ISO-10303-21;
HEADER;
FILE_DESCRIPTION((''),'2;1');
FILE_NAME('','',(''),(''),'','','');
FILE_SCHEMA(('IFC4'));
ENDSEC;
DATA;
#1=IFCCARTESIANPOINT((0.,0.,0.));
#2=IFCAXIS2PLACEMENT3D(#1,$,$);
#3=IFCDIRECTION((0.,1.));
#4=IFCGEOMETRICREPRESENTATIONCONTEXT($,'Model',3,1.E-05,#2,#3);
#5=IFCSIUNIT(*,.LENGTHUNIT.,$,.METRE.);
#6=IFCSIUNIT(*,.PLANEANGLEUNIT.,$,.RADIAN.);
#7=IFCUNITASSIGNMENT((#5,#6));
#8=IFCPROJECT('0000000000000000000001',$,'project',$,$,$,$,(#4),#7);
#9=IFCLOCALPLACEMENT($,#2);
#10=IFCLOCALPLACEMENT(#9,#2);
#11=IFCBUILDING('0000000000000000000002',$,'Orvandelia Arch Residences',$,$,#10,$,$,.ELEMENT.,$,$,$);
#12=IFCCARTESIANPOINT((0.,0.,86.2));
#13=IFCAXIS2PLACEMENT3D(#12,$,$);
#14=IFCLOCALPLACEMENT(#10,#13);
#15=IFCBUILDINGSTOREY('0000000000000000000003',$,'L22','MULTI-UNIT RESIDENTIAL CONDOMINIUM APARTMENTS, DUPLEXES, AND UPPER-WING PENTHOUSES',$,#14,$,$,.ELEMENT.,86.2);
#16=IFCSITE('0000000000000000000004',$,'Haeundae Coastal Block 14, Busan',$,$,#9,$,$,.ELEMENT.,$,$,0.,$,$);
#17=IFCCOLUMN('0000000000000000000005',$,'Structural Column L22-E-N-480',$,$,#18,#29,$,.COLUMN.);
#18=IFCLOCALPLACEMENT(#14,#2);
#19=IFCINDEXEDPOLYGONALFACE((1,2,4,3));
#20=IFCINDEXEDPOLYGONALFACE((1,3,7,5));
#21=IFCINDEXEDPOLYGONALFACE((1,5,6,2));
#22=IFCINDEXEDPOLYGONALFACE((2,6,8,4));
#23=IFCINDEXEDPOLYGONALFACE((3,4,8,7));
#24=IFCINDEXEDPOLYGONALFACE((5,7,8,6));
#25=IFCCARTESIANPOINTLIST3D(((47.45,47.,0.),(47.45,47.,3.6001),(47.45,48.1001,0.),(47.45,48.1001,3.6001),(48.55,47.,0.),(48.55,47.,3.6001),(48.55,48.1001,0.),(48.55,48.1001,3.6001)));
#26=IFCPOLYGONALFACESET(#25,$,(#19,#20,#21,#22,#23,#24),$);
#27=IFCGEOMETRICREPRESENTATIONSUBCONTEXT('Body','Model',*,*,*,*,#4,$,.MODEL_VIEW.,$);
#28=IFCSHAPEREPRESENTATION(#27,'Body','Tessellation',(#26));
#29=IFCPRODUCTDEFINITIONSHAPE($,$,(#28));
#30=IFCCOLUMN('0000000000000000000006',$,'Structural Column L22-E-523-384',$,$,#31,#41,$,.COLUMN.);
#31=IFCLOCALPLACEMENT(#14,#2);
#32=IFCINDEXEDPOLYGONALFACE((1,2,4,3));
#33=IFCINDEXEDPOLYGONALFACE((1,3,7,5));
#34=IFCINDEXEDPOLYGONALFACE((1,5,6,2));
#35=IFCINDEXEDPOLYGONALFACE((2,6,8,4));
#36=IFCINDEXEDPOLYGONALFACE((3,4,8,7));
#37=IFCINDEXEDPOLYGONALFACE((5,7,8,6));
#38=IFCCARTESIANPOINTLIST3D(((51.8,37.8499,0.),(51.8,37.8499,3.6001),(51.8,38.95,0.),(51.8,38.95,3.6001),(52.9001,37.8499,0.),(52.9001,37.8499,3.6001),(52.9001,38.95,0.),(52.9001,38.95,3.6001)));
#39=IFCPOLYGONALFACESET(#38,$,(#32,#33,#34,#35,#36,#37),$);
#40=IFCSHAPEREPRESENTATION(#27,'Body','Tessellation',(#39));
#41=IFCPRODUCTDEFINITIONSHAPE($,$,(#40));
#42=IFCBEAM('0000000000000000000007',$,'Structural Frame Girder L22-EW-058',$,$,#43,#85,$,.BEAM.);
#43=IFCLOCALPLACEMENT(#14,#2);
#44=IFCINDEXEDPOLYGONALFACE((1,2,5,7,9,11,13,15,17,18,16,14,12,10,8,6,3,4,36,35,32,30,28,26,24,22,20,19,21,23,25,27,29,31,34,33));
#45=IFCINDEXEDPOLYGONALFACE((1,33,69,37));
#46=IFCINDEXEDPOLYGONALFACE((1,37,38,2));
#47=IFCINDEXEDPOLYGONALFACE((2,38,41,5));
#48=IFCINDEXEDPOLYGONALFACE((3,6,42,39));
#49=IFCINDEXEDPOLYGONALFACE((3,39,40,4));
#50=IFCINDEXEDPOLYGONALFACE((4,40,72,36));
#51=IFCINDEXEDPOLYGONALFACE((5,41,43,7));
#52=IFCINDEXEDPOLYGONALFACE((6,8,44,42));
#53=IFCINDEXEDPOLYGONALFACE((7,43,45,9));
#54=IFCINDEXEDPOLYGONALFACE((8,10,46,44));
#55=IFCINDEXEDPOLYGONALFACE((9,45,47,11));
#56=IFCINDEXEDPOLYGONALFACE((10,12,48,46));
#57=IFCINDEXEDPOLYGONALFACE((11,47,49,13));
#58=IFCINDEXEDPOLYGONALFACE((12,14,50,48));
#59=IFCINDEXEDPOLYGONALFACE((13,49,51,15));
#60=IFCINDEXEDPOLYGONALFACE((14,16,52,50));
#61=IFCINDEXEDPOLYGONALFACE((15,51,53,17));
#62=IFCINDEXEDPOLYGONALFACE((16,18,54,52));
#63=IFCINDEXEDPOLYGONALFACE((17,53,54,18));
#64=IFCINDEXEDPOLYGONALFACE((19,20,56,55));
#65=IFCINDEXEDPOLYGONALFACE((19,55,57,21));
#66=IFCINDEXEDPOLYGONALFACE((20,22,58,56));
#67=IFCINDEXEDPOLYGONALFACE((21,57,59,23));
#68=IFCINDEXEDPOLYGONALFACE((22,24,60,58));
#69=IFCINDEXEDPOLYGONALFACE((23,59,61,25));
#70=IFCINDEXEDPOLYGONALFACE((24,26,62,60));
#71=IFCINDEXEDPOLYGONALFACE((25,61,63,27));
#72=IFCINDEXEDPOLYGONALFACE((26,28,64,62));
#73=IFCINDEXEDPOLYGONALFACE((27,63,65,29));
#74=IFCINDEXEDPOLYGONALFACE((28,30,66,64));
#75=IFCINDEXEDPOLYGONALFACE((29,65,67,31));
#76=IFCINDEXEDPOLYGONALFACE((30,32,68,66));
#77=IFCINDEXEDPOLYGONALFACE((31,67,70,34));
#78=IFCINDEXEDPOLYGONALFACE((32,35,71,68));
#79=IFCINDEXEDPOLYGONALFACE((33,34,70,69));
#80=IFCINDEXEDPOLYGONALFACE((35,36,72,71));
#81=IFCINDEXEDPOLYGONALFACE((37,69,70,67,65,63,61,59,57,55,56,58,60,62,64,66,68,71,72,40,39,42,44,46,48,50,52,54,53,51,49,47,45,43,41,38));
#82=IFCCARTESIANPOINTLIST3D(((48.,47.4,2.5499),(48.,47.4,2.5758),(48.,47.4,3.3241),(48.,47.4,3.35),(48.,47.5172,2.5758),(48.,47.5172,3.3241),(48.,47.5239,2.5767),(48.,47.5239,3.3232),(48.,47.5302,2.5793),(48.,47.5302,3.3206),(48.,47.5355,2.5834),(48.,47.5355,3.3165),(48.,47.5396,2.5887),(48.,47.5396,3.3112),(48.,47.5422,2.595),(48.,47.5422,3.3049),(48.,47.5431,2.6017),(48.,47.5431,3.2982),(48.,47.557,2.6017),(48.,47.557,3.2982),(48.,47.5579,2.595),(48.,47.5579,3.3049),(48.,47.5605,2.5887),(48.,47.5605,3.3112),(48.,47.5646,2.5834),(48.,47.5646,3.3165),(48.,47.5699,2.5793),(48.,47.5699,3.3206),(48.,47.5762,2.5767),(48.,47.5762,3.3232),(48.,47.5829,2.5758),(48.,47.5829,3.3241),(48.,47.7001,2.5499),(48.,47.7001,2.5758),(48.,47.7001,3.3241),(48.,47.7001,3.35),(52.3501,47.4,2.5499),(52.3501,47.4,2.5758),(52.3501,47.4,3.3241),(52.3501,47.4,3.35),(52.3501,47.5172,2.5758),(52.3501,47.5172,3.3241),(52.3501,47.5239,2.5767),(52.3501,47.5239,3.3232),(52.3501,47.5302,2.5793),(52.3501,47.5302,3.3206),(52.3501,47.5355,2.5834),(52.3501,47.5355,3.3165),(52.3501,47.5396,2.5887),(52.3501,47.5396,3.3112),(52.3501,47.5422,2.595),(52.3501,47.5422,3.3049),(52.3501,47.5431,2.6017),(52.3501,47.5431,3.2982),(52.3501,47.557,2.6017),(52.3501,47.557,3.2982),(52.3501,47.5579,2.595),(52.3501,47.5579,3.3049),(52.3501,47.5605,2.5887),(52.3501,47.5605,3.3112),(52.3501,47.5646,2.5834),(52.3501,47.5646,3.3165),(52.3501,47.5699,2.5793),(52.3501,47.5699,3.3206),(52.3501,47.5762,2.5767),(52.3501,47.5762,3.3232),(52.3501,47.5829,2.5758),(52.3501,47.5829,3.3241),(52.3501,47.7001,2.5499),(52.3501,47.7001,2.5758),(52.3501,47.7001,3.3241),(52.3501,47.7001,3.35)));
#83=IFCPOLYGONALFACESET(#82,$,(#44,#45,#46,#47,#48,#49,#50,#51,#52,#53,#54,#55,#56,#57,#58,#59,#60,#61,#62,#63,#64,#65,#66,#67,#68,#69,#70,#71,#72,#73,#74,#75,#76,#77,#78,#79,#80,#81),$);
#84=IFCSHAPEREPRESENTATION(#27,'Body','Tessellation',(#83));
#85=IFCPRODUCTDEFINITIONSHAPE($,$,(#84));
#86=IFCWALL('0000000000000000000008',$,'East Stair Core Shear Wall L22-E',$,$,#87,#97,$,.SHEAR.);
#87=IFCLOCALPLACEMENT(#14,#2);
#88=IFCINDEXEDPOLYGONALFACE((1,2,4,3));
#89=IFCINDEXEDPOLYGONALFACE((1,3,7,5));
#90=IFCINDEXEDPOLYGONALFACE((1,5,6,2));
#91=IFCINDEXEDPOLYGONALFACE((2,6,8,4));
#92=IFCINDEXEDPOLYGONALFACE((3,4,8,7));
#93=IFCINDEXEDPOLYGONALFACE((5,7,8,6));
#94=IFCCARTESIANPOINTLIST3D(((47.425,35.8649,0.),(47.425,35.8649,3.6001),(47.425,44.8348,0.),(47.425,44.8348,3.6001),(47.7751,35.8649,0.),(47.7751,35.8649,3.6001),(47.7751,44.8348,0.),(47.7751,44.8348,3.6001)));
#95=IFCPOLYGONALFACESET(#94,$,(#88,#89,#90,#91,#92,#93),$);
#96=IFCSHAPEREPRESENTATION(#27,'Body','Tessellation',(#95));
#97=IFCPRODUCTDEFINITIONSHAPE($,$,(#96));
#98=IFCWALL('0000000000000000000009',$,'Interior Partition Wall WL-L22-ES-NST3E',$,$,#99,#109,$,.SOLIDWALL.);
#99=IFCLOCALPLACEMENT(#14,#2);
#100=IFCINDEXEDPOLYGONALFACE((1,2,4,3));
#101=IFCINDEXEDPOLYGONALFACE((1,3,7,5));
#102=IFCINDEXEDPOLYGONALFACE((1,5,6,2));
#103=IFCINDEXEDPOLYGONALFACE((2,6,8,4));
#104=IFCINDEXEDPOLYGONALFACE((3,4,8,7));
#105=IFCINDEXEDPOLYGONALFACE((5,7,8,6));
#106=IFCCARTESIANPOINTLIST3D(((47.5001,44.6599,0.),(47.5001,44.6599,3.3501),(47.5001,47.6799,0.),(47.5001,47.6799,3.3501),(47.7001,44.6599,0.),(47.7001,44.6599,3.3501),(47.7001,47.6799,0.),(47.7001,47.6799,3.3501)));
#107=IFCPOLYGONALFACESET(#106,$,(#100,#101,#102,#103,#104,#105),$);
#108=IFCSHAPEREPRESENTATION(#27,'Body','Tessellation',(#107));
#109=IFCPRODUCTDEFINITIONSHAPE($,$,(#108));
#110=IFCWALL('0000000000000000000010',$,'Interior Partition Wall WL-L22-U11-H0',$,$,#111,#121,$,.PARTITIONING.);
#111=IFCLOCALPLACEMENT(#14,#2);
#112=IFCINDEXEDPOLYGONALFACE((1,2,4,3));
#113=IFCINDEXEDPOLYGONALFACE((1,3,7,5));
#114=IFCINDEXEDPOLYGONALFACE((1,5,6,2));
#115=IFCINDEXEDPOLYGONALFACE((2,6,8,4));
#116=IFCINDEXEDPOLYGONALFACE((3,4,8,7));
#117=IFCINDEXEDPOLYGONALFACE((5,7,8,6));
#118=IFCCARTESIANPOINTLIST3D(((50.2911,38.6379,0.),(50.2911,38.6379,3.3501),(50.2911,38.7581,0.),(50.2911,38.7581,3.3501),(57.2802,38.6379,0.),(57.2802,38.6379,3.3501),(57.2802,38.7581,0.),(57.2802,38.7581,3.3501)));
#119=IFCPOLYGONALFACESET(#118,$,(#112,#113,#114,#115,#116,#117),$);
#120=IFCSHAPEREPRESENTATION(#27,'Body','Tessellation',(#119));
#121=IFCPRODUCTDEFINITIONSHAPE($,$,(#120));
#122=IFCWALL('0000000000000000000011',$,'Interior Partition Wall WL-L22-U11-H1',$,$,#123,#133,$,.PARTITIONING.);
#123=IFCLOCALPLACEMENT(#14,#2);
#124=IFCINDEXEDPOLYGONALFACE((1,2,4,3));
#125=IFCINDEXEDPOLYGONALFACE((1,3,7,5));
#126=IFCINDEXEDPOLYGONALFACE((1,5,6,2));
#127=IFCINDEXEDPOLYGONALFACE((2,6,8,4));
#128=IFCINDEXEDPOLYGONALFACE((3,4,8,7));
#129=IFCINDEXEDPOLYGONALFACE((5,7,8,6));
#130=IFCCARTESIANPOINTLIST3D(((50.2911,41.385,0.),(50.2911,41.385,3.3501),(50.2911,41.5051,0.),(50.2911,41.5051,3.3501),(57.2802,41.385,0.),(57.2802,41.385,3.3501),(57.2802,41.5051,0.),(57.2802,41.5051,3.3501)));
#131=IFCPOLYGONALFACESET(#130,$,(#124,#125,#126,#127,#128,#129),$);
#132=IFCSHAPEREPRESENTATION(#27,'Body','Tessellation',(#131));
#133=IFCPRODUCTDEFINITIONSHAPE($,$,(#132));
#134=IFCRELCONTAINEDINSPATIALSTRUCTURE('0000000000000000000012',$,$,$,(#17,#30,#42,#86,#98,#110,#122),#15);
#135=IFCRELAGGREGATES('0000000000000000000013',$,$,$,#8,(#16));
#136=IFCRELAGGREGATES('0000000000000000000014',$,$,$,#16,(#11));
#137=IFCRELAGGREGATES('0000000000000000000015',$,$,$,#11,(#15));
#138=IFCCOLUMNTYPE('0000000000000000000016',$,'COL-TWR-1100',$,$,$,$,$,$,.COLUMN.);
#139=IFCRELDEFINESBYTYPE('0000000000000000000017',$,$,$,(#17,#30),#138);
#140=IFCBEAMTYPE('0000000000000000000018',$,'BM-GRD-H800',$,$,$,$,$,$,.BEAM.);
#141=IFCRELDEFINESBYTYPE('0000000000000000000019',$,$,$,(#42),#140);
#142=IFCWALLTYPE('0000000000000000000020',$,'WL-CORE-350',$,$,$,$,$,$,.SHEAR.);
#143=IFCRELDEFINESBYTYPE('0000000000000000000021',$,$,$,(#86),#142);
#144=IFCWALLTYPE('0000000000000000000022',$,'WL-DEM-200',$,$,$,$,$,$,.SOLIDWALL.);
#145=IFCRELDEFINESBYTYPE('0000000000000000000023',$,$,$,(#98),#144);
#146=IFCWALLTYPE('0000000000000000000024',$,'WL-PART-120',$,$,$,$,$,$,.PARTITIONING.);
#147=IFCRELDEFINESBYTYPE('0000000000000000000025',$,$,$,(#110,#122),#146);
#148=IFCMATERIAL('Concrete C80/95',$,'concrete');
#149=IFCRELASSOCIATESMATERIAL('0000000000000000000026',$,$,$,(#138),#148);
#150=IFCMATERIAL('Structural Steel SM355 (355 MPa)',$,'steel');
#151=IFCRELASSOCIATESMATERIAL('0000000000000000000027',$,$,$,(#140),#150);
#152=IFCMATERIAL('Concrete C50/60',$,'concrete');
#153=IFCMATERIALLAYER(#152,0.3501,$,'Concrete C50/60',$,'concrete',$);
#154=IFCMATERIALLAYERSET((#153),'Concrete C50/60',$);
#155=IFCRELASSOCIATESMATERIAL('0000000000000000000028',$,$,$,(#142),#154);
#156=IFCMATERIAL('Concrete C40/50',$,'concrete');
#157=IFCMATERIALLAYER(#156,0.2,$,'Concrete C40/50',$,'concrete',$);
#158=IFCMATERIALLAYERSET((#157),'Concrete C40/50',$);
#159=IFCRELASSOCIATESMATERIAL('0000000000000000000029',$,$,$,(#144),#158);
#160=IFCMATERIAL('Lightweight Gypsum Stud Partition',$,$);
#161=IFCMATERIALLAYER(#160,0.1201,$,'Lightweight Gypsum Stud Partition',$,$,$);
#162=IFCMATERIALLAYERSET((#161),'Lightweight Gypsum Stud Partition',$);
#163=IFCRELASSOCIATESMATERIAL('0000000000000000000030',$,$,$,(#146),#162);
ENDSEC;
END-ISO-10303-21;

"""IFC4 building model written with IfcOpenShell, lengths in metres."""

from ifc_helpers import new_model, si_unit, direction, frame, frame_2d, origin, origin_2d, place, context, subcontext, project, spatial, rectangle, i_section, extrude, material, layer, layer_set, material_profile, profile_set, type_object, element, save


model = new_model("IFC4")

# Units and contexts
model_context = context("Model", 3, precision=1e-05, world=origin(), true_north=direction((0.0, 1.0)))
body_context = subcontext(model_context, "Body", "Model", "MODEL_VIEW")
ifc_project = project(units=[si_unit("LENGTHUNIT", "METRE"), si_unit("PLANEANGLEUNIT", "RADIAN")], contexts=[model_context])

# Site, building, storey
site_placement = place(None, origin())
site = spatial("IfcSite", under=ifc_project, at=site_placement, Name="Haeundae Coastal Block 14, Busan", CompositionType="ELEMENT", RefElevation=0.0)
building_placement = place(site_placement, origin())
building = spatial("IfcBuilding", under=site, at=building_placement, Name="Orvandelia Arch Residences", CompositionType="ELEMENT")
storey_placement = place(building_placement, frame((0.0, 0.0, 86.2)))
storey = spatial("IfcBuildingStorey", under=building, at=storey_placement, Name="L22", Description="MULTI-UNIT RESIDENTIAL CONDOMINIUM APARTMENTS, DUPLEXES, AND UPPER-WING PENTHOUSES", CompositionType="ELEMENT", Elevation=86.2)

# Columns
ifc_material_1 = material(Name="Concrete C80/95", Category="concrete")
ifc_material_profile_1 = material_profile(ifc_material_1, rectangle(XDim=1.1001, YDim=1.1001, at=origin_2d()), Name="Concrete C80/95", Category="concrete")
ifc_profile_set_1 = profile_set([ifc_material_profile_1], Name="Concrete C80/95")
column_type = type_object("IfcColumnType", Name="COL-TWR-1100", PredefinedType="COLUMN", material=ifc_profile_set_1)
for number, where, z_axis, x_axis, name in (
    (1, (48.0, 47.55, 0.0), (0.0, 0.0, 1.0), (1.0, 0.0, 0.0), "Structural Column L22-E-N-480"),
    (2, (52.3501, 38.3999, 0.0), (0.0, 0.0, 1.0), (1.0, 0.0, 0.0), "Structural Column L22-E-523-384"),
):
    element("IfcColumn", number, at=place(storey_placement, frame(where, z_axis=z_axis, x_axis=x_axis)), inside=storey, type_object=column_type, Name=name, PredefinedType="COLUMN", context=body_context, shape_type="SweptSolid", body=[
        extrude(rectangle(XDim=1.1001, YDim=1.1001, at=origin_2d()), origin(), (0.0, 0.0, 1.0), 3.6001),
    ])

# Beam
ifc_material_2 = material(Name="Structural Steel SM355 (355 MPa)", Category="steel")
ifc_material_profile_2 = material_profile(ifc_material_2, i_section(OverallWidth=0.3, OverallDepth=0.8, WebThickness=0.0139, FlangeThickness=0.0259, FilletRadius=0.0259, at=origin_2d()), Name="Structural Steel SM355 (355 MPa)", Category="steel")
ifc_profile_set_2 = profile_set([ifc_material_profile_2], Name="Structural Steel SM355 (355 MPa)")
beam_type = type_object("IfcBeamType", Name="BM-GRD-H800", PredefinedType="BEAM", material=ifc_profile_set_2)
beam_placement = place(storey_placement, frame((48.0, 47.55, 2.95), z_axis=(1.0, 0.0, 0.0), x_axis=(0.0, 1.0, 0.0)))
element("IfcBeam", 3, at=beam_placement, inside=storey, type_object=beam_type, Name="Structural Frame Girder L22-EW-058", PredefinedType="BEAM", context=body_context, shape_type="SweptSolid", body=[
    extrude(i_section(OverallWidth=0.3, OverallDepth=0.8, WebThickness=0.0139, FlangeThickness=0.0259, FilletRadius=0.0259, at=origin_2d()), origin(), (0.0, 0.0, 1.0), 4.3501),
])

# Walls
ifc_material_3 = material(Name="Concrete C50/60", Category="concrete")
ifc_layer_1 = layer(ifc_material_3, 0.3501, Name="Concrete C50/60", Category="concrete")
ifc_layer_set_1 = layer_set([ifc_layer_1], Name="Concrete C50/60")
wall_type_1 = type_object("IfcWallType", Name="WL-CORE-350", PredefinedType="SHEAR", material=ifc_layer_set_1)
wall_1_placement = place(storey_placement, frame((47.6001, 35.865, 0.0), z_axis=(0.0, 0.0, 1.0), x_axis=(0.0, 1.0, 0.0)))
element("IfcWall", 4, at=wall_1_placement, inside=storey, type_object=wall_type_1, Name="East Stair Core Shear Wall L22-E", PredefinedType="SHEAR", context=body_context, shape_type="SweptSolid", body=[
    extrude(rectangle(XDim=8.97, YDim=0.3501, at=frame_2d((4.4849, 0.0))), origin(), (0.0, 0.0, 1.0), 3.6001),
])
ifc_material_4 = material(Name="Concrete C40/50", Category="concrete")
ifc_layer_2 = layer(ifc_material_4, 0.2, Name="Concrete C40/50", Category="concrete")
ifc_layer_set_2 = layer_set([ifc_layer_2], Name="Concrete C40/50")
wall_type_2 = type_object("IfcWallType", Name="WL-DEM-200", PredefinedType="SOLIDWALL", material=ifc_layer_set_2)
wall_2_placement = place(storey_placement, frame((47.6001, 44.6599, 0.0), z_axis=(0.0, 0.0, 1.0), x_axis=(0.0, 1.0, 0.0)))
element("IfcWall", 5, at=wall_2_placement, inside=storey, type_object=wall_type_2, Name="Interior Partition Wall WL-L22-ES-NST3E", PredefinedType="SOLIDWALL", context=body_context, shape_type="SweptSolid", body=[
    extrude(rectangle(XDim=3.02, YDim=0.2, at=frame_2d((1.51, 0.0))), origin(), (0.0, 0.0, 1.0), 3.3501),
])
ifc_material_5 = material(Name="Lightweight Gypsum Stud Partition")
ifc_layer_3 = layer(ifc_material_5, 0.1201, Name="Lightweight Gypsum Stud Partition")
ifc_layer_set_3 = layer_set([ifc_layer_3], Name="Lightweight Gypsum Stud Partition")
wall_type_3 = type_object("IfcWallType", Name="WL-PART-120", PredefinedType="PARTITIONING", material=ifc_layer_set_3)
for number, where, z_axis, x_axis, name in (
    (6, (50.291, 38.698, 0.0), (0.0, 0.0, 1.0), (1.0, 0.0, 0.0), "Interior Partition Wall WL-L22-U11-H0"),
    (7, (50.291, 41.4451, 0.0), (0.0, 0.0, 1.0), (1.0, 0.0, 0.0), "Interior Partition Wall WL-L22-U11-H1"),
):
    element("IfcWall", number, at=place(storey_placement, frame(where, z_axis=z_axis, x_axis=x_axis)), inside=storey, type_object=wall_type_3, Name=name, PredefinedType="PARTITIONING", context=body_context, shape_type="SweptSolid", body=[
        extrude(rectangle(XDim=6.989, YDim=0.1201, at=frame_2d((3.4946, 0.0))), origin(), (0.0, 0.0, 1.0), 3.3501),
    ])

save(model, "model.ifc")
